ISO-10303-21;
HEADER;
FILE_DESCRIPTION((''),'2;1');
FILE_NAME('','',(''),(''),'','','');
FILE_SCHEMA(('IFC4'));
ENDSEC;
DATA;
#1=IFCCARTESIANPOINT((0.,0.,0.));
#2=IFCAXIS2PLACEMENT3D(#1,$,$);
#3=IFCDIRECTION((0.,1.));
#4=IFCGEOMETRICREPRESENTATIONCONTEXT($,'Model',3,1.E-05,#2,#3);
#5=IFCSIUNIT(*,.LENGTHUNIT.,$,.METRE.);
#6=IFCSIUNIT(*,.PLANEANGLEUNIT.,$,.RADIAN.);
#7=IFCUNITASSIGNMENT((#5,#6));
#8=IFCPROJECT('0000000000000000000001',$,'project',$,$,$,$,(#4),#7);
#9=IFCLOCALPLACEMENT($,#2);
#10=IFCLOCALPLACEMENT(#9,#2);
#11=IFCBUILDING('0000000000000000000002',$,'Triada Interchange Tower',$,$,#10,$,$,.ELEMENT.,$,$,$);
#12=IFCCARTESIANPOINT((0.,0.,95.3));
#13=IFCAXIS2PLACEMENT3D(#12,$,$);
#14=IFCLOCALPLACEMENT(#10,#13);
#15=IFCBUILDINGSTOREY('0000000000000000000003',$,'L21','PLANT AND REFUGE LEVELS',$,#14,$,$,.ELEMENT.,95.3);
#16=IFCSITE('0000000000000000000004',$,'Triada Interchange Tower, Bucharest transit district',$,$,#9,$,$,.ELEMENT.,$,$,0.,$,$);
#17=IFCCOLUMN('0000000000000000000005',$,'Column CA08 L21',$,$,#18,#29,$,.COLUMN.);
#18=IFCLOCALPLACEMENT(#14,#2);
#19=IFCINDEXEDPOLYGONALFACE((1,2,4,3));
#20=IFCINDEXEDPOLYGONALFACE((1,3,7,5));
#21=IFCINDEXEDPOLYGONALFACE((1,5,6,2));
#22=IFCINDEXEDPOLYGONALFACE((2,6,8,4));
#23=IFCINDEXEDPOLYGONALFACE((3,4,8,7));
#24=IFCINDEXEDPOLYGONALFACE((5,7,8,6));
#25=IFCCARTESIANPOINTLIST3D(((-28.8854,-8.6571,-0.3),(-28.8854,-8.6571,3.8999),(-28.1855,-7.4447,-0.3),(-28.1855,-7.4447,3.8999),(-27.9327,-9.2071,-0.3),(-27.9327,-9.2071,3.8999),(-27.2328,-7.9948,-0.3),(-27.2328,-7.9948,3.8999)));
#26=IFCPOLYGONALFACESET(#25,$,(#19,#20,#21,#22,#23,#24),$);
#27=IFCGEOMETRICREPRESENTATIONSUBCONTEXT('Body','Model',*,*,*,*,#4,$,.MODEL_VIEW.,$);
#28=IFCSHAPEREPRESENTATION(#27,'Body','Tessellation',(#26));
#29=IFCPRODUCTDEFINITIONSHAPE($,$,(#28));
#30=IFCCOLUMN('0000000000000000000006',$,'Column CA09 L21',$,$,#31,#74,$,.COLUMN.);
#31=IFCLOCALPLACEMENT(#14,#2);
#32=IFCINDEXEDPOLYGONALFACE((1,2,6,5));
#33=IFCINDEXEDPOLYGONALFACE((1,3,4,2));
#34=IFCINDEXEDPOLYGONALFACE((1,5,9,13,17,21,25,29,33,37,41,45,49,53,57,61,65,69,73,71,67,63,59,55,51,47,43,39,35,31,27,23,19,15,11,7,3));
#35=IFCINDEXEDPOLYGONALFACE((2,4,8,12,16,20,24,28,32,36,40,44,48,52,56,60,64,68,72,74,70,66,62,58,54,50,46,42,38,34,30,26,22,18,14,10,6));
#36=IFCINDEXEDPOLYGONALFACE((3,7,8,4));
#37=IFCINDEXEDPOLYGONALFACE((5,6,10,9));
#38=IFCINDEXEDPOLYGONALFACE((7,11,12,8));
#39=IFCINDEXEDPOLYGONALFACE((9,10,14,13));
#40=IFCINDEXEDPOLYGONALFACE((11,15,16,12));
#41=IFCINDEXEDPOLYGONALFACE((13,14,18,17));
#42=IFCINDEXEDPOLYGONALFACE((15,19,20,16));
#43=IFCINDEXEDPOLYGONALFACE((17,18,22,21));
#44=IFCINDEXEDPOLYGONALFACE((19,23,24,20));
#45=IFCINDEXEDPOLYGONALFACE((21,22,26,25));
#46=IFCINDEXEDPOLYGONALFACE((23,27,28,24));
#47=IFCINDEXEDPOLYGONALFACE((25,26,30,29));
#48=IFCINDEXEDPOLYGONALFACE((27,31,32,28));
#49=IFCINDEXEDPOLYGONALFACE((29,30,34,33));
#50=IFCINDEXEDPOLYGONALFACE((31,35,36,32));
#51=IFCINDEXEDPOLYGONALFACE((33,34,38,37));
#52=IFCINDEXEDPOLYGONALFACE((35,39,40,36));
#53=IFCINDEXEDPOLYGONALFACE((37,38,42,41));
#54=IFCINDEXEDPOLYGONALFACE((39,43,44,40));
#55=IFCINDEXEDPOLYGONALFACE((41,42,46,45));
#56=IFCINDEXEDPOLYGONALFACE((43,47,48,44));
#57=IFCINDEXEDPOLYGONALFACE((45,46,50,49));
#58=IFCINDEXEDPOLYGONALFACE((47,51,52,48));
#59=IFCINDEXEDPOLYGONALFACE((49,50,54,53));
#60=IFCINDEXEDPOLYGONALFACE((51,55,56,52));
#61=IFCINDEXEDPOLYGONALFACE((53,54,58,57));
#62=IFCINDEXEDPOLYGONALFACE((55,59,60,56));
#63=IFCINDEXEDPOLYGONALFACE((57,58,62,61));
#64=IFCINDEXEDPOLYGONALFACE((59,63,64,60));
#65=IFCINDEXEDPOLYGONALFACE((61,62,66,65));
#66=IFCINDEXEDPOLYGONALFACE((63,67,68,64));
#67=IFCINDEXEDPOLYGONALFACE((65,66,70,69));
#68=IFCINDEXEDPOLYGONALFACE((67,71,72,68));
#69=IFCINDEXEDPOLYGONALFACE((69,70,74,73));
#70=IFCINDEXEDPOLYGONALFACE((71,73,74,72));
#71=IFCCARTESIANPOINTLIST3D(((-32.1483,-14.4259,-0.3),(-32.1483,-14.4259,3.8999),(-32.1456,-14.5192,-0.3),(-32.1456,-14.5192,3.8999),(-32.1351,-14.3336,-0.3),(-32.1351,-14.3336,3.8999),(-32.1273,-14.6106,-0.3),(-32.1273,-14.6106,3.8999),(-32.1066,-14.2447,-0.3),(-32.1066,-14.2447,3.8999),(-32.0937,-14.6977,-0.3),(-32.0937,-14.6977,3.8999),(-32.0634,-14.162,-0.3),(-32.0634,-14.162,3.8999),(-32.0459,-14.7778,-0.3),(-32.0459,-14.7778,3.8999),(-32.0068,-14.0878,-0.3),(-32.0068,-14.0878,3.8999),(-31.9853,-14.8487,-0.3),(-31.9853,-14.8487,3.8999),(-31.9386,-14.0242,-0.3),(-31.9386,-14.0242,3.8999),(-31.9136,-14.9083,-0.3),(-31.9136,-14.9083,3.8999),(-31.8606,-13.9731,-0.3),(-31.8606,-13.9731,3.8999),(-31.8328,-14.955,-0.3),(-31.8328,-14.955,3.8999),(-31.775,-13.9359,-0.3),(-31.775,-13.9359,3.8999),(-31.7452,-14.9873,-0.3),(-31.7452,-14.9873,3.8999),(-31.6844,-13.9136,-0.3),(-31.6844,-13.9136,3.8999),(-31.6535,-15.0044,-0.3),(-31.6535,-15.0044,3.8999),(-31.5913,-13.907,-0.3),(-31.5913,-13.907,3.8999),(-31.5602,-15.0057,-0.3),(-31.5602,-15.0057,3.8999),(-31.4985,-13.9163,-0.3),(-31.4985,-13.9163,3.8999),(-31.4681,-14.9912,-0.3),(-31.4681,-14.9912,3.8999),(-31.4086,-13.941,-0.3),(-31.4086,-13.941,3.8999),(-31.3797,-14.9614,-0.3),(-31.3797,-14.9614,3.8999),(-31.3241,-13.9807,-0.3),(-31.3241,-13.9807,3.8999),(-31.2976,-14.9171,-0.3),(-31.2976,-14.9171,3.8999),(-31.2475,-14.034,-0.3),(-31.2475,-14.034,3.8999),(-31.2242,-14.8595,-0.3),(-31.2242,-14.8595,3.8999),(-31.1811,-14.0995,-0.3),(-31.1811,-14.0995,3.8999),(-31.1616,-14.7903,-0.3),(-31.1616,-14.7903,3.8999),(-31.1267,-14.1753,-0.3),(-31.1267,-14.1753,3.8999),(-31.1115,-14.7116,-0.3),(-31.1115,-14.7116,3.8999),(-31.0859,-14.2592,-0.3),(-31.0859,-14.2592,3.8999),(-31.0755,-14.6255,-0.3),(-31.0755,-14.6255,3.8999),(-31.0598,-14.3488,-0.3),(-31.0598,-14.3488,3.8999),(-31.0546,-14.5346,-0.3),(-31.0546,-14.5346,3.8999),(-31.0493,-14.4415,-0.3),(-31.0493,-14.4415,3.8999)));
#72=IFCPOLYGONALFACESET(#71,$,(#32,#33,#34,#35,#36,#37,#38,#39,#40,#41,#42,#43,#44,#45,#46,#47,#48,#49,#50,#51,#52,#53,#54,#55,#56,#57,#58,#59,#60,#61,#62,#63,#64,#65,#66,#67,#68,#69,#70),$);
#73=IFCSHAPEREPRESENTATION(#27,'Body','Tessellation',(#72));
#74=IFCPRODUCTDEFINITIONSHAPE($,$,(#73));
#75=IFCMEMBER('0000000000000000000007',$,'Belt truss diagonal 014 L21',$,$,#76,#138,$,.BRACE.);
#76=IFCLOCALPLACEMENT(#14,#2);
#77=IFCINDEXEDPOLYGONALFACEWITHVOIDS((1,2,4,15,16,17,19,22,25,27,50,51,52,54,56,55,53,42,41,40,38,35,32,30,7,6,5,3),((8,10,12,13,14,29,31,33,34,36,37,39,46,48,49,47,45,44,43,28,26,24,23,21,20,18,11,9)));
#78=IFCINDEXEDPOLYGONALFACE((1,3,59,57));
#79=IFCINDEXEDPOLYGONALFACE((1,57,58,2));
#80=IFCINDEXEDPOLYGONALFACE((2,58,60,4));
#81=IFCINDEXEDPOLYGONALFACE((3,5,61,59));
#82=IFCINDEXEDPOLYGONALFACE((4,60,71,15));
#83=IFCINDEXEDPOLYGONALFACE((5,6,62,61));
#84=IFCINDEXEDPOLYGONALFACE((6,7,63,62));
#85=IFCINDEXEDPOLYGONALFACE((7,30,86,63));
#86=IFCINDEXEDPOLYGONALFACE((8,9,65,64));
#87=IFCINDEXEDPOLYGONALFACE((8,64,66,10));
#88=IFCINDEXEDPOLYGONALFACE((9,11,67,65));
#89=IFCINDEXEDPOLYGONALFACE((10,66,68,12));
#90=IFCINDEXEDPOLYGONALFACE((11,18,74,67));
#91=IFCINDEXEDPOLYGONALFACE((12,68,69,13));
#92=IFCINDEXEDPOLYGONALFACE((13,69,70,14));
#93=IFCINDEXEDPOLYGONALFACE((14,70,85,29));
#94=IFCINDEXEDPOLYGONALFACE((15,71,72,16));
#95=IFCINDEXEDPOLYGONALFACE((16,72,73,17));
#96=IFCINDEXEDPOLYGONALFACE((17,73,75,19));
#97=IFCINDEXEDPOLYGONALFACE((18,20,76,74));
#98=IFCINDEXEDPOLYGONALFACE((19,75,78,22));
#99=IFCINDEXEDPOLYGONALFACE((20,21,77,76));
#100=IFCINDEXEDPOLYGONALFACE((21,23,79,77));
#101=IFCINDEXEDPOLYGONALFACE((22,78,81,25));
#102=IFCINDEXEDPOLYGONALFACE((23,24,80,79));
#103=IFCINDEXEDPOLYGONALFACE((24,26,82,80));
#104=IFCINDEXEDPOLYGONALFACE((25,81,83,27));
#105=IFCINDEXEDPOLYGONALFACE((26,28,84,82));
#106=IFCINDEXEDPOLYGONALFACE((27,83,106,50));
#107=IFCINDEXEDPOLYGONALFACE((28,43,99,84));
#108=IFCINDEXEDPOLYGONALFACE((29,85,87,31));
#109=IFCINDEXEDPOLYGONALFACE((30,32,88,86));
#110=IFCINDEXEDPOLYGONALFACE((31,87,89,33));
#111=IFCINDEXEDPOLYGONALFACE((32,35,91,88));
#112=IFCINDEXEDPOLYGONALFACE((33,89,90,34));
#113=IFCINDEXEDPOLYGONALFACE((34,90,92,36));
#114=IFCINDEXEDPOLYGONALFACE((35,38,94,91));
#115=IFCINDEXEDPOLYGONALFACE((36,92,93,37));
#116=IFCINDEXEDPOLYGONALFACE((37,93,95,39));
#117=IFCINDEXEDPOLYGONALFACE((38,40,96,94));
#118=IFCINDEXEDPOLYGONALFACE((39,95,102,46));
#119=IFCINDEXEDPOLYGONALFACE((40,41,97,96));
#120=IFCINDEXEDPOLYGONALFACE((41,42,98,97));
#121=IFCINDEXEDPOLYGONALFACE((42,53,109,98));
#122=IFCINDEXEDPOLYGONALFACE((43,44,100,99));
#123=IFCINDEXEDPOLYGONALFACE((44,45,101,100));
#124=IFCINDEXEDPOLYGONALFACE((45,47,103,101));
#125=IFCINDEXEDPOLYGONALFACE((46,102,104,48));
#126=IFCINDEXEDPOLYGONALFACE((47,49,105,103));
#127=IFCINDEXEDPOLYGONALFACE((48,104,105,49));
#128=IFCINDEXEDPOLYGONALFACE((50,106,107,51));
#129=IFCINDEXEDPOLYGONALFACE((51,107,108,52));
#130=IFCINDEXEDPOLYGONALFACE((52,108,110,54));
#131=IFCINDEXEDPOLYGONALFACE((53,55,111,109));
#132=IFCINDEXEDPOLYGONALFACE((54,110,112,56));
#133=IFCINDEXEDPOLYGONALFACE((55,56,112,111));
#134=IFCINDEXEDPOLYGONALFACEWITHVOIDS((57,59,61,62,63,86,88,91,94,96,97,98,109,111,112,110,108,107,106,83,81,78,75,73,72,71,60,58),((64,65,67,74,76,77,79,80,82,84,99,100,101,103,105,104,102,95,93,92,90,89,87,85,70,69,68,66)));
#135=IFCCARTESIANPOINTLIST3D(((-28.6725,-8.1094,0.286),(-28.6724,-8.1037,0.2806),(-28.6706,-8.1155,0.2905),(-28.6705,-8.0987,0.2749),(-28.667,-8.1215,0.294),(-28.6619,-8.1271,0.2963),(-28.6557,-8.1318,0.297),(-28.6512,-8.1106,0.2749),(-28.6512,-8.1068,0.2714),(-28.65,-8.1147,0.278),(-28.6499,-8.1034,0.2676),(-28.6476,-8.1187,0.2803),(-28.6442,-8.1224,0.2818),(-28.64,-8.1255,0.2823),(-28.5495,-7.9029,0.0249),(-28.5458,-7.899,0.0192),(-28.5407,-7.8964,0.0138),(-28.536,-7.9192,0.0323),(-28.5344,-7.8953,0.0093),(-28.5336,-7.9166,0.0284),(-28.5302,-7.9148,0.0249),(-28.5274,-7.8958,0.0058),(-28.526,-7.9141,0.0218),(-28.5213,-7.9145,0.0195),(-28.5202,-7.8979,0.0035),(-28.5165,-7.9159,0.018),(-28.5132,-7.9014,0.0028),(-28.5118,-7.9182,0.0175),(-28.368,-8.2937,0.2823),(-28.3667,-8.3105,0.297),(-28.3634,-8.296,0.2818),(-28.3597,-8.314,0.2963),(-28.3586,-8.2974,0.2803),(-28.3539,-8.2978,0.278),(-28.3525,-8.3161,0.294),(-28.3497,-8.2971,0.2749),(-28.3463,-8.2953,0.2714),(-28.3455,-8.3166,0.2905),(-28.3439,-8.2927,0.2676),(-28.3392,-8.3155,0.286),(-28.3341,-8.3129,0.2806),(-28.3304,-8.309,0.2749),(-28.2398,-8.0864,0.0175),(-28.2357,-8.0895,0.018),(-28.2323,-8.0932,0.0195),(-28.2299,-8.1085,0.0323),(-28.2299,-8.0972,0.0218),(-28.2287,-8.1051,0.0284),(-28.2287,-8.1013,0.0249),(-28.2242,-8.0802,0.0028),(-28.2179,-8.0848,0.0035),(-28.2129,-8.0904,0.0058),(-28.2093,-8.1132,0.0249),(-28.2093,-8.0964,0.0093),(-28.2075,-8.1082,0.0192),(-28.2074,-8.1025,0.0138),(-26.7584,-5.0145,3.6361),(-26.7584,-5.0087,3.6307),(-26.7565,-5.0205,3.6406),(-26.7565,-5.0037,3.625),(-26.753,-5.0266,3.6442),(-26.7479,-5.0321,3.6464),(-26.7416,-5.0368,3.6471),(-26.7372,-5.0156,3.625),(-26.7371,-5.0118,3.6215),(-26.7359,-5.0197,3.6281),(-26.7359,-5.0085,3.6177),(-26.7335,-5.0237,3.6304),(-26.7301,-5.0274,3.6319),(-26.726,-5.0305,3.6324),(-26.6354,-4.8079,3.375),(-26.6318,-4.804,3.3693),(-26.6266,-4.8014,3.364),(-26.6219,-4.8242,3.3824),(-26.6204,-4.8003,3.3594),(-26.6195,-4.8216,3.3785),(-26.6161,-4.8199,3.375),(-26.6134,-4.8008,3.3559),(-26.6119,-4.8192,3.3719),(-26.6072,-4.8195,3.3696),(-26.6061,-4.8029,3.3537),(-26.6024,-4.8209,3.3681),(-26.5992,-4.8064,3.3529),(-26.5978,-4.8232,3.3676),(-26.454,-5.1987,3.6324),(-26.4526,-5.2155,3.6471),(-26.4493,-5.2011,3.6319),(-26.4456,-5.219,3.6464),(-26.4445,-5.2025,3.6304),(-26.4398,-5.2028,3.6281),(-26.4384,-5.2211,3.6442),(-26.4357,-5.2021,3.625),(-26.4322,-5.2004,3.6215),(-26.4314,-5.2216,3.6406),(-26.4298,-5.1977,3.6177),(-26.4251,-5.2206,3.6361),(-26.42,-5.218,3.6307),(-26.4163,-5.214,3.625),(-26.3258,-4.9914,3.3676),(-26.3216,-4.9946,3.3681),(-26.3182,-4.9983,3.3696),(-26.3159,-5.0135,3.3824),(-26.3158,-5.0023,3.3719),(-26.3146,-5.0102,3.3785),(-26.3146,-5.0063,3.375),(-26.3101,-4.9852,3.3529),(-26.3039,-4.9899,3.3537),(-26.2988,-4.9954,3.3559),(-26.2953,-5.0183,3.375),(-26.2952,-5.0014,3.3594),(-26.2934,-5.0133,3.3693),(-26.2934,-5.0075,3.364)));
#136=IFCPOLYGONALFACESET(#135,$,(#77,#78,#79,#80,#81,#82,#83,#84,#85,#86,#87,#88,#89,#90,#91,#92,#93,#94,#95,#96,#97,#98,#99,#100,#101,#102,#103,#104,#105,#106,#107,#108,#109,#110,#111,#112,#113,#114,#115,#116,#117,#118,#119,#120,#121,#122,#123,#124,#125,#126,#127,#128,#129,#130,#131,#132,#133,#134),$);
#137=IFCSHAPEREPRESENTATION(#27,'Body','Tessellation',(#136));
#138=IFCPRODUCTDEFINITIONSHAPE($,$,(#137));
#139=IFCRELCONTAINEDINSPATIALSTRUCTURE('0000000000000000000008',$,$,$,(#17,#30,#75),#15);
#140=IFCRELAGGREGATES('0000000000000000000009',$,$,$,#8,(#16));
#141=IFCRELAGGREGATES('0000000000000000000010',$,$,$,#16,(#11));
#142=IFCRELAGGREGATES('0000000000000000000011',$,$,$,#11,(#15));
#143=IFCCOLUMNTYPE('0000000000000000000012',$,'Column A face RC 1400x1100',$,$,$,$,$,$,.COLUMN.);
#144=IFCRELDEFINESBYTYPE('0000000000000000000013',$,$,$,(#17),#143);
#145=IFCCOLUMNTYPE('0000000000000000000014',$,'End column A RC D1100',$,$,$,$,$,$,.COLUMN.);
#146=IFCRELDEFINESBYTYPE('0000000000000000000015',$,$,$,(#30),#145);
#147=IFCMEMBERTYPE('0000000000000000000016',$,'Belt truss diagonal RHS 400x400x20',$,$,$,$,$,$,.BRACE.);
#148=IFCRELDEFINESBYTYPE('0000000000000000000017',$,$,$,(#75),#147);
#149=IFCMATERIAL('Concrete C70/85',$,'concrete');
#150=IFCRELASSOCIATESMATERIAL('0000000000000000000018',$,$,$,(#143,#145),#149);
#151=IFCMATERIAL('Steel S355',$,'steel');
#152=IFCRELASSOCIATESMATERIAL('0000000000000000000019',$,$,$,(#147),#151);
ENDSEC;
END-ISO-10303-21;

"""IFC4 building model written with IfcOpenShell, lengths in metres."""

from ifc_helpers import new_model, si_unit, direction, frame, origin, origin_2d, place, context, subcontext, project, spatial, rectangle, hollow_rectangle, circle, extrude, material, material_profile, profile_set, type_object, element, save


model = new_model("IFC4")

# Units and contexts
model_context = context("Model", 3, precision=1e-05, world=origin(), true_north=direction((0.0, 1.0)))
body_context = subcontext(model_context, "Body", "Model", "MODEL_VIEW")
ifc_project = project(units=[si_unit("LENGTHUNIT", "METRE"), si_unit("PLANEANGLEUNIT", "RADIAN")], contexts=[model_context])

# Site, building, storey
site_placement = place(None, origin())
site = spatial("IfcSite", under=ifc_project, at=site_placement, Name="Triada Interchange Tower, Bucharest transit district", CompositionType="ELEMENT", RefElevation=0.0)
building_placement = place(site_placement, origin())
building = spatial("IfcBuilding", under=site, at=building_placement, Name="Triada Interchange Tower", CompositionType="ELEMENT")
storey_placement = place(building_placement, frame((0.0, 0.0, 95.3)))
storey = spatial("IfcBuildingStorey", under=building, at=storey_placement, Name="L21", Description="PLANT AND REFUGE LEVELS", CompositionType="ELEMENT", Elevation=95.3)

# Columns
ifc_material_1 = material(Name="Concrete C70/85", Category="concrete")
ifc_material_profile_1 = material_profile(ifc_material_1, rectangle(XDim=1.3999, YDim=1.1001, at=origin_2d()), Name="RC 1400x1100")
ifc_profile_set_1 = profile_set([ifc_material_profile_1], Name="Concrete C70/85")
column_type_1 = type_object("IfcColumnType", Name="Column A face RC 1400x1100", PredefinedType="COLUMN", material=ifc_profile_set_1)
column_1_placement = place(storey_placement, frame((-28.0591, -8.3259, -0.3), z_axis=(0.0, 0.0, 1.0), x_axis=(0.5, 0.866025, 0.0)))
element("IfcColumn", 1, at=column_1_placement, inside=storey, type_object=column_type_1, Name="Column CA08 L21", PredefinedType="COLUMN", context=body_context, shape_type="SweptSolid", body=[
    extrude(rectangle(XDim=1.3999, YDim=1.1001, at=origin_2d()), origin(), (0.0, 0.0, 1.0), 4.2),
])
ifc_material_profile_2 = material_profile(ifc_material_1, circle(Radius=0.55, at=origin_2d()), Name="RC D1100")
ifc_profile_set_2 = profile_set([ifc_material_profile_2], Name="Concrete C70/85")
column_type_2 = type_object("IfcColumnType", Name="End column A RC D1100", PredefinedType="COLUMN", material=ifc_profile_set_2)
column_2_placement = place(storey_placement, frame((-31.5991, -14.457, -0.3), z_axis=(0.0, 0.0, 1.0), x_axis=(0.5, 0.866025, 0.0)))
element("IfcColumn", 2, at=column_2_placement, inside=storey, type_object=column_type_2, Name="Column CA09 L21", PredefinedType="COLUMN", context=body_context, shape_type="SweptSolid", body=[
    extrude(circle(Radius=0.55, at=origin_2d()), origin(), (0.0, 0.0, 1.0), 4.2),
])

# Member
ifc_material_2 = material(Name="Steel S355", Category="steel")
ifc_material_profile_3 = material_profile(ifc_material_2, hollow_rectangle(XDim=0.3999, YDim=0.3999, WallThickness=0.02, InnerFilletRadius=0.02, OuterFilletRadius=0.03, at=origin_2d()), Name="RHS 400x400x20")
ifc_profile_set_3 = profile_set([ifc_material_profile_3], Name="Steel S355")
member_type = type_object("IfcMemberType", Name="Belt truss diagonal RHS 400x400x20", PredefinedType="BRACE", material=ifc_profile_set_3)
member_1_placement = place(storey_placement, frame((-28.4399, -8.106, 0.1499), z_axis=(0.386971, 0.625718, 0.677297), x_axis=(-0.850495, 0.525983, 0.0)))
element("IfcMember", 3, at=member_1_placement, inside=storey, type_object=member_type, Name="Belt truss diagonal 014 L21", PredefinedType="BRACE", context=body_context, shape_type="SweptSolid", body=[
    extrude(hollow_rectangle(XDim=0.3999, YDim=0.3999, WallThickness=0.02, InnerFilletRadius=0.02, OuterFilletRadius=0.03, at=origin_2d()), origin(), (0.0, 0.0, 1.0), 4.9463),
])

save(model, "model.ifc")
